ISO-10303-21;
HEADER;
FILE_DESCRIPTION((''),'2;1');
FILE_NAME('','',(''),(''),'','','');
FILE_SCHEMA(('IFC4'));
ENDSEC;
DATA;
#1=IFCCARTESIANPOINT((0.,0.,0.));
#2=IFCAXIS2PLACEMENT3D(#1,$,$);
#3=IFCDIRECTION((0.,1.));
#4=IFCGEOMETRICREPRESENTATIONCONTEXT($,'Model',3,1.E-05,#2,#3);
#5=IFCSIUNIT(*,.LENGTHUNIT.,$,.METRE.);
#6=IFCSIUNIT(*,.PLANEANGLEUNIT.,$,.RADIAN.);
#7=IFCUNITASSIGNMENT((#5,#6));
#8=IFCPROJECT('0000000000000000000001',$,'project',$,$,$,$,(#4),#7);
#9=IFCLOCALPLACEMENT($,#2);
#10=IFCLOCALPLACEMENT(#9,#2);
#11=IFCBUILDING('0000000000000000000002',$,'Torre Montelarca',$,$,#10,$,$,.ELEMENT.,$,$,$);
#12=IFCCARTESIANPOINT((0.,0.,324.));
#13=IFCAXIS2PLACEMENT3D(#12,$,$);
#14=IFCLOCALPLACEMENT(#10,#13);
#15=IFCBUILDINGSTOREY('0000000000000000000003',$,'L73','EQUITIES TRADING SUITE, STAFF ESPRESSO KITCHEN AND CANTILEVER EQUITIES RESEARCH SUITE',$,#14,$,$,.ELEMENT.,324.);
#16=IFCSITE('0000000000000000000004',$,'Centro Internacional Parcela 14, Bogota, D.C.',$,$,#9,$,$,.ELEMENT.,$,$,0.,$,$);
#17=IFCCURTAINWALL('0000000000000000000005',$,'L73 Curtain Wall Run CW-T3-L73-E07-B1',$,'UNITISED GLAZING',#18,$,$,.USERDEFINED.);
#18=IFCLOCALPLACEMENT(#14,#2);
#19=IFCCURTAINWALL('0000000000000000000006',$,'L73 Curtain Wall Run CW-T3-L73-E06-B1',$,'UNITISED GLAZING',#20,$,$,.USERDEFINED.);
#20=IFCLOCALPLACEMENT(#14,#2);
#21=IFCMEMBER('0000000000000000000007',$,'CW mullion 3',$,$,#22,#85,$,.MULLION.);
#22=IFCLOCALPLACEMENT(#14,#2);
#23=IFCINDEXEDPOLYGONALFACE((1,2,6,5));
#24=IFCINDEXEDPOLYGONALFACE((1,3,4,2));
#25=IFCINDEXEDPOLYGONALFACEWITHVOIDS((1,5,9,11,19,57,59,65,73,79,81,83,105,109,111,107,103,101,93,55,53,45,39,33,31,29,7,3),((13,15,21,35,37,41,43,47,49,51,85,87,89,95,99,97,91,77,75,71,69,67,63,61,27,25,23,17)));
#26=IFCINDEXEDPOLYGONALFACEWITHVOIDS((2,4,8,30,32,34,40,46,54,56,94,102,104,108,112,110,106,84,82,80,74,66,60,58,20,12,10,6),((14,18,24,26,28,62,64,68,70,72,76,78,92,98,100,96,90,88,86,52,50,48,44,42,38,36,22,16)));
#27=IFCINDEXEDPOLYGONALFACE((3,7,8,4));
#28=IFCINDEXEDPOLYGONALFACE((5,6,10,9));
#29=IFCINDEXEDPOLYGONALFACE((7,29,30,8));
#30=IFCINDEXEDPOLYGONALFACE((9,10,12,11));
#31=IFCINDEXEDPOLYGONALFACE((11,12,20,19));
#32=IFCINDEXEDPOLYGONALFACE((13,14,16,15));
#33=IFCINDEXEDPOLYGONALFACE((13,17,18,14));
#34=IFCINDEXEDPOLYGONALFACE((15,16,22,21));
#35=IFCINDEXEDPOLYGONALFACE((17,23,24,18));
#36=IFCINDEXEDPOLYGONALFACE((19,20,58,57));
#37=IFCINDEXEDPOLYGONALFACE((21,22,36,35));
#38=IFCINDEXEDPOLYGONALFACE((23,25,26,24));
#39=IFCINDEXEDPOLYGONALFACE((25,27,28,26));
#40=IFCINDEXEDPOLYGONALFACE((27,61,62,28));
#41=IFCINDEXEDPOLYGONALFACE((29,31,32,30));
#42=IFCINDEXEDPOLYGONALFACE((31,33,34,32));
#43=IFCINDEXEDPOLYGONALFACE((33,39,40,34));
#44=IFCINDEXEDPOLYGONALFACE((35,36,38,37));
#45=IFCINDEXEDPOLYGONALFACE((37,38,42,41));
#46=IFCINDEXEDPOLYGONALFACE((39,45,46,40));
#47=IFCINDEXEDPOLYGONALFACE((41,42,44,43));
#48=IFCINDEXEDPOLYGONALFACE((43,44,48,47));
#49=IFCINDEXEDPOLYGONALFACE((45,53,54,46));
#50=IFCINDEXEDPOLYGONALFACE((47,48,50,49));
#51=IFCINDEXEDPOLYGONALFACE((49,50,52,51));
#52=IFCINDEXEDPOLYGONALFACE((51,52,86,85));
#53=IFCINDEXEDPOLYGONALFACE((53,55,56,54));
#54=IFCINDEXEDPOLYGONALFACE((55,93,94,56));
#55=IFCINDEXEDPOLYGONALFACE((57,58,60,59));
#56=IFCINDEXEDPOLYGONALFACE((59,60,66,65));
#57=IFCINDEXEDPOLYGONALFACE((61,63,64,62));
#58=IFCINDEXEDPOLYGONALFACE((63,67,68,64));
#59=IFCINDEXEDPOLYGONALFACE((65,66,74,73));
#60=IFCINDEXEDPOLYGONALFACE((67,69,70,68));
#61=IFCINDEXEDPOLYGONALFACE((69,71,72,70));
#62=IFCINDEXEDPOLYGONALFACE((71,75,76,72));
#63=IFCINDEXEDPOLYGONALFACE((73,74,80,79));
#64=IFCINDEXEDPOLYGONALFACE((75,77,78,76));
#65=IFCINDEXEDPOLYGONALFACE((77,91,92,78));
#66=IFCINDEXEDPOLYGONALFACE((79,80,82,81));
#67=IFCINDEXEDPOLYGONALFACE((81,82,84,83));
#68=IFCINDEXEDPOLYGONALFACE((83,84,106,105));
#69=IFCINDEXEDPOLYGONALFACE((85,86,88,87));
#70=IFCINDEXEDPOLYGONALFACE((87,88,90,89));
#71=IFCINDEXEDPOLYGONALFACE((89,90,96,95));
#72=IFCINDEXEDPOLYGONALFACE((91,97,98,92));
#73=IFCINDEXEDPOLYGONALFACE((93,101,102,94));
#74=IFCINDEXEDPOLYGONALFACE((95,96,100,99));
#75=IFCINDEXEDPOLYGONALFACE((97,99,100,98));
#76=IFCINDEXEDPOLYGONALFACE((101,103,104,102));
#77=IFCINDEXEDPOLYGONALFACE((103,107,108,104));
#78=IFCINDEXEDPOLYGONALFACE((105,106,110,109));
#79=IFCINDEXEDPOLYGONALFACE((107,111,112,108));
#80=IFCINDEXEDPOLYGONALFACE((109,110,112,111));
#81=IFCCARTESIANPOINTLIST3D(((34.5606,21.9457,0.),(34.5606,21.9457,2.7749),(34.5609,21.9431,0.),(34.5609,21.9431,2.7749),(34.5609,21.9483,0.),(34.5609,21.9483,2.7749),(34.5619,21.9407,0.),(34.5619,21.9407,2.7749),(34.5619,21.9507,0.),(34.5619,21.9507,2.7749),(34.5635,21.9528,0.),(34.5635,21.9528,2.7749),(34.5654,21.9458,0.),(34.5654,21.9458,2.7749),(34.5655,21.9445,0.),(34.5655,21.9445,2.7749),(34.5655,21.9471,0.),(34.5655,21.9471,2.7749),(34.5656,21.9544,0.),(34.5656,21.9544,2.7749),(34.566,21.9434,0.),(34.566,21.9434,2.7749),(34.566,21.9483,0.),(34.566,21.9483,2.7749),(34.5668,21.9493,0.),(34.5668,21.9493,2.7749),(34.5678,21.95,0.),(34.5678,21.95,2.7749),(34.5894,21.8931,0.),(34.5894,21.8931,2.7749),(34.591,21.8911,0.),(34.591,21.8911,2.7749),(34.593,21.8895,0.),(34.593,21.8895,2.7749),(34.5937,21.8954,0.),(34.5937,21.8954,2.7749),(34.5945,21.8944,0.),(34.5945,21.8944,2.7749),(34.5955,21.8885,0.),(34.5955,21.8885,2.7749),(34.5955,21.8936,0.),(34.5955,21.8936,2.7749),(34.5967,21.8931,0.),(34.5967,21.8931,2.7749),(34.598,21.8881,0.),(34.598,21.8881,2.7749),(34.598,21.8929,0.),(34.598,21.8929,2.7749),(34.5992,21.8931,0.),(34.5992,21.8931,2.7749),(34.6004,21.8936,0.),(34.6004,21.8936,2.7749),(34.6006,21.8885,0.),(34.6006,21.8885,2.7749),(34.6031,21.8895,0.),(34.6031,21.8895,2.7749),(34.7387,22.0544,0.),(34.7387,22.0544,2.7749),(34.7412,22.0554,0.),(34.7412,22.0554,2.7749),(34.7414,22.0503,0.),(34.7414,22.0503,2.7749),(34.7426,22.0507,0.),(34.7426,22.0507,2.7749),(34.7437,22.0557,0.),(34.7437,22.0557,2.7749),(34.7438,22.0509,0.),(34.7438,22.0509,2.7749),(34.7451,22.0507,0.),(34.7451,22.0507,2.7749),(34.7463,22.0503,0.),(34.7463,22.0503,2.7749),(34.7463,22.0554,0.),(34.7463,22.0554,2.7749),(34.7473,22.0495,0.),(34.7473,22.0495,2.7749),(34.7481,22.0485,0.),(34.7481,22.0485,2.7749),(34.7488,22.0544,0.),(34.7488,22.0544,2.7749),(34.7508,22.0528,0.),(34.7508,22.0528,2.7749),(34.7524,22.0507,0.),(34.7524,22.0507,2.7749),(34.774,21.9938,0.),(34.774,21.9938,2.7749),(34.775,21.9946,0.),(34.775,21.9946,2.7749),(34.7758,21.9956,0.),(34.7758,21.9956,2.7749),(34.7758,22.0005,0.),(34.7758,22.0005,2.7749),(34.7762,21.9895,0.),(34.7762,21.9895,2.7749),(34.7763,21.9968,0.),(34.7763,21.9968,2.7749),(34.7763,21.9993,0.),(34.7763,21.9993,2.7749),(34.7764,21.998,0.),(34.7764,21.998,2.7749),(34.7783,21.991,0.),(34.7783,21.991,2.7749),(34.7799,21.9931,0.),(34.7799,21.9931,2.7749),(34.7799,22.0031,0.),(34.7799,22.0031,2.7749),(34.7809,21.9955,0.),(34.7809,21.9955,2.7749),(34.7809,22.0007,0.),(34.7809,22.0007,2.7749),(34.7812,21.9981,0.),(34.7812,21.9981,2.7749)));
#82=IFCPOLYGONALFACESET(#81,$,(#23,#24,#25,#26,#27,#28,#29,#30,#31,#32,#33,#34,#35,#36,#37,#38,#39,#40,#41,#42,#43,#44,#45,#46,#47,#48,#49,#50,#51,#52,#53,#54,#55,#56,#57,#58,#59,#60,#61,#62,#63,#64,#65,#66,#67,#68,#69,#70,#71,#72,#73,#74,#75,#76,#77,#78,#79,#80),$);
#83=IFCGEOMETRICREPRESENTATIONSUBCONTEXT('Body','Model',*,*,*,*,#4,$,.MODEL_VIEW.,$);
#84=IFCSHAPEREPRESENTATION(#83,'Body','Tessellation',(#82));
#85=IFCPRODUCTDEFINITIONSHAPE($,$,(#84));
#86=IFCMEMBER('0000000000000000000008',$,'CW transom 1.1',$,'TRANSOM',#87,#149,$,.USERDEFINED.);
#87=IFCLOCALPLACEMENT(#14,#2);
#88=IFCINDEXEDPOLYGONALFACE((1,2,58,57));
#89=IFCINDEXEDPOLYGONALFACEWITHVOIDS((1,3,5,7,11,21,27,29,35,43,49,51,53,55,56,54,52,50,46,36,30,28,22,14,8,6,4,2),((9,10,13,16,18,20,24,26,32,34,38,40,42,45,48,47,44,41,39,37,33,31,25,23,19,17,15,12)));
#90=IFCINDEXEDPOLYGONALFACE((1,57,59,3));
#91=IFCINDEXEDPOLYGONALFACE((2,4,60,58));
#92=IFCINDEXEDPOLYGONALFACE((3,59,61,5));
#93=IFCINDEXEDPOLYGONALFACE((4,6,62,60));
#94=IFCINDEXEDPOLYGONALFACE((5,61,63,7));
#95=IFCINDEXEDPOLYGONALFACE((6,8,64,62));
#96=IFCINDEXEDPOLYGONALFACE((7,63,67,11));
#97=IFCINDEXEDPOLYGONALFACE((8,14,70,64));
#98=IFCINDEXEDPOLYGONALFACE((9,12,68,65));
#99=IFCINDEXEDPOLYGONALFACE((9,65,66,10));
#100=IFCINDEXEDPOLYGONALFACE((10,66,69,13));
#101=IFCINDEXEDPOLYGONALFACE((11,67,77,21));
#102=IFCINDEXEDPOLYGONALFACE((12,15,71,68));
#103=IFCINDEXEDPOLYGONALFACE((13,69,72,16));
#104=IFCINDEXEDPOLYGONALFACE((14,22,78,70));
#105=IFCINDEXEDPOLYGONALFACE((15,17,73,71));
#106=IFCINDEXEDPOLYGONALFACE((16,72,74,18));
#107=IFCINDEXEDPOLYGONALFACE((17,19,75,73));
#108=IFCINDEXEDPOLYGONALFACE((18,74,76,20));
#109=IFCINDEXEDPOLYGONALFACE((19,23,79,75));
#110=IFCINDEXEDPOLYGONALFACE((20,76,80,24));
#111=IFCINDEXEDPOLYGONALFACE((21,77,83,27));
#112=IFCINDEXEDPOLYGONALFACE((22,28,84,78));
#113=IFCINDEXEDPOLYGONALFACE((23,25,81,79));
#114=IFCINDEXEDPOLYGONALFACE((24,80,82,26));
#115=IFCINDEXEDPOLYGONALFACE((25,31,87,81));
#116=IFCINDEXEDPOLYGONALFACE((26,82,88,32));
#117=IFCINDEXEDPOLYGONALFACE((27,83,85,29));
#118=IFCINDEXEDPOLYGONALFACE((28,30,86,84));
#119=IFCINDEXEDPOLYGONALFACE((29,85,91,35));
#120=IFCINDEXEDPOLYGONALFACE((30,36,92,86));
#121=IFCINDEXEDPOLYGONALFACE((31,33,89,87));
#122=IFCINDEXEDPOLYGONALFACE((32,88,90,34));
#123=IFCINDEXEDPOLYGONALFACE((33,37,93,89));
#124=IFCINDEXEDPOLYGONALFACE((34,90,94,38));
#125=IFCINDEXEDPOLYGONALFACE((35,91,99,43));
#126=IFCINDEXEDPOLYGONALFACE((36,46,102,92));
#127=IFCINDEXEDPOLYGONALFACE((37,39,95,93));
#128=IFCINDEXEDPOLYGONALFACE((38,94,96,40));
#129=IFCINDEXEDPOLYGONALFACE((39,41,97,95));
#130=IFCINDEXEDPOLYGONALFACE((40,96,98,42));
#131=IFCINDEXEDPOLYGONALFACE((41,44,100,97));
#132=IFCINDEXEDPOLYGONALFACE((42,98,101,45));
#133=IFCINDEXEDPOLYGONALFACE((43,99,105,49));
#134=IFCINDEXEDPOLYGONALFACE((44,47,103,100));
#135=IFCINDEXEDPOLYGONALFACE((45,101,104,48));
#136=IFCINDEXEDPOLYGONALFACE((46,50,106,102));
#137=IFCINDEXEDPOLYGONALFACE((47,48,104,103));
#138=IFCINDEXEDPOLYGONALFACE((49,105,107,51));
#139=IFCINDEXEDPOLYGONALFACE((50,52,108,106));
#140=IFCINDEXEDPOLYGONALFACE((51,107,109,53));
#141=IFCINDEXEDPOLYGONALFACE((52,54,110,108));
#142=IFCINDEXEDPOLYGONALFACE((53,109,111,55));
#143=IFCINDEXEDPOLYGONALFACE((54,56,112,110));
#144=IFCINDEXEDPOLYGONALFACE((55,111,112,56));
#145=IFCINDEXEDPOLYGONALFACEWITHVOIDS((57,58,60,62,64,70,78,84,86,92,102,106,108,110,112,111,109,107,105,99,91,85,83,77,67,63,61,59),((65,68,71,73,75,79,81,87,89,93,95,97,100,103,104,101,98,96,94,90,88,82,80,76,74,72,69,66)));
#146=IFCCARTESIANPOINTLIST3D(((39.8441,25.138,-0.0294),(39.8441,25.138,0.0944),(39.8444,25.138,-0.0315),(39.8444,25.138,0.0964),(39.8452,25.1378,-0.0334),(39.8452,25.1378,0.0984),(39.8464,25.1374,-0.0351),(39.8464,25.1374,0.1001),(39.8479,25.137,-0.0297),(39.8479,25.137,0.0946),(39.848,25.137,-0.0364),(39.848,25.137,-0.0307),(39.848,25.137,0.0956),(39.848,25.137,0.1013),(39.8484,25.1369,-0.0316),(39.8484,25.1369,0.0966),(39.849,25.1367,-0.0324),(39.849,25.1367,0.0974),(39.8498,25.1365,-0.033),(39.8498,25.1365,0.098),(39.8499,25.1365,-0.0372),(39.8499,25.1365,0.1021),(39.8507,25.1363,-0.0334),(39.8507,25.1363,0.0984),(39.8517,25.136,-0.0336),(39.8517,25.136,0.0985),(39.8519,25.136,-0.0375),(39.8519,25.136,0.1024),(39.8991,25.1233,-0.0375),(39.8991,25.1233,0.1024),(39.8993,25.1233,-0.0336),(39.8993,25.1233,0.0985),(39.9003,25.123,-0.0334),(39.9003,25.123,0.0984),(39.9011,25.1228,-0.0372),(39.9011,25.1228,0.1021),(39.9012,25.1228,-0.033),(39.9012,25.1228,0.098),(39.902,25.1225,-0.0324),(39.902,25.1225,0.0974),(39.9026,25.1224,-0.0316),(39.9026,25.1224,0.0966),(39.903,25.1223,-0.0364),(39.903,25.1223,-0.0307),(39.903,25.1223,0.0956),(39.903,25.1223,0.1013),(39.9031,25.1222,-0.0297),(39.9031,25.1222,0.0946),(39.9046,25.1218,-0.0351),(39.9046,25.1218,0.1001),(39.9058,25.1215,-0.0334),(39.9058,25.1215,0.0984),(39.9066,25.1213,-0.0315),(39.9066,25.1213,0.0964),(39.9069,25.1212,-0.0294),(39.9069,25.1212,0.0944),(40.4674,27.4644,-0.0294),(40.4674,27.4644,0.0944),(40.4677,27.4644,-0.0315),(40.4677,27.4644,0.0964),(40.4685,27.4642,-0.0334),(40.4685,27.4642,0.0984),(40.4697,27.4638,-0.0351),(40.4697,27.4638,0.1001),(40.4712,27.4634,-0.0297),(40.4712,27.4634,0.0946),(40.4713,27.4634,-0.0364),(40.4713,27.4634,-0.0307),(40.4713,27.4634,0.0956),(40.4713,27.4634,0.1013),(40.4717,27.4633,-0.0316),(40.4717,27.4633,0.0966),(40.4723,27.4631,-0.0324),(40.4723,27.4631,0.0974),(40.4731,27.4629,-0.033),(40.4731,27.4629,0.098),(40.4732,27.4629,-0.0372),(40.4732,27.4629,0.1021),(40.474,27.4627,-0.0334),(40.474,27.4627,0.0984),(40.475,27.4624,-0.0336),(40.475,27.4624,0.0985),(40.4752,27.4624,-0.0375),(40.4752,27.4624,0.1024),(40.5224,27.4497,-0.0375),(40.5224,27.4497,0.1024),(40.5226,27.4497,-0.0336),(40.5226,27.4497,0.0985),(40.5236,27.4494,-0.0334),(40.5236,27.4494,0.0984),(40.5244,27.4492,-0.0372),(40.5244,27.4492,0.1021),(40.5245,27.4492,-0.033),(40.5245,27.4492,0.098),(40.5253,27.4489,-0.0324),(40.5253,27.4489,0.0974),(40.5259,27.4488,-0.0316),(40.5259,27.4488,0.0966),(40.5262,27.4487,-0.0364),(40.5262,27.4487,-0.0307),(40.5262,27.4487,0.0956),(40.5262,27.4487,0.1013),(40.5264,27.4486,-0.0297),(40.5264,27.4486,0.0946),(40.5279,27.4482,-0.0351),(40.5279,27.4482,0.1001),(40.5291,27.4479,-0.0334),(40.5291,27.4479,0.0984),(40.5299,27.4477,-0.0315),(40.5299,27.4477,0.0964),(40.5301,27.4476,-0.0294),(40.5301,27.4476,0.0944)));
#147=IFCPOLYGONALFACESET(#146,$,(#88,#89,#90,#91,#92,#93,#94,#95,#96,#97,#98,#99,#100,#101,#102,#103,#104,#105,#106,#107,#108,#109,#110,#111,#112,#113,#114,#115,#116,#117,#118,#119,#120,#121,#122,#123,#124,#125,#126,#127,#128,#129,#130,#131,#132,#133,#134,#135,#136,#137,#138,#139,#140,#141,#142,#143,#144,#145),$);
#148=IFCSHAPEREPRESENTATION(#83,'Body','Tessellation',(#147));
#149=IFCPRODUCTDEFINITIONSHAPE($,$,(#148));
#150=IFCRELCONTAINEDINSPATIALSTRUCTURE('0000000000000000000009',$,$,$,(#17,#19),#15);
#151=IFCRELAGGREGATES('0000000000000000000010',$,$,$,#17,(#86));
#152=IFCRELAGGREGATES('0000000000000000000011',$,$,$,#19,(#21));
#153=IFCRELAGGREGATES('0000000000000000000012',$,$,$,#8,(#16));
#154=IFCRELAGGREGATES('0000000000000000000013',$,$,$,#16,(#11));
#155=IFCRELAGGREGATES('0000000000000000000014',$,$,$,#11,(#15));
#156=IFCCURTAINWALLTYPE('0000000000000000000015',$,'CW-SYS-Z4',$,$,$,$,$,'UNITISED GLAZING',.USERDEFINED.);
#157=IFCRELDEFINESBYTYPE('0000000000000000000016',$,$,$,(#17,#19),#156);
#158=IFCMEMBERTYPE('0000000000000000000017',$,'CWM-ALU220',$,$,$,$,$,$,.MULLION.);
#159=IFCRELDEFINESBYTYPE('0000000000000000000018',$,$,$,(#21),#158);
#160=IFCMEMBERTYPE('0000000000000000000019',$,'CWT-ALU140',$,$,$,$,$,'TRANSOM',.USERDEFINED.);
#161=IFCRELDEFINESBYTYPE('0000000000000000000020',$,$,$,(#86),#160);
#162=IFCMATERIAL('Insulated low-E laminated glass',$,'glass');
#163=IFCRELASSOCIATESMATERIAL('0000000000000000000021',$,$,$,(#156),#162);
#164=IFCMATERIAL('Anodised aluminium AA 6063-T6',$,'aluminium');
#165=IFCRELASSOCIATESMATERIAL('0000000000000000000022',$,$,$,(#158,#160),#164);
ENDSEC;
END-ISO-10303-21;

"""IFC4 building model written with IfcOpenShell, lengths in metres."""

from ifc_helpers import new_model, si_unit, direction, frame, origin, origin_2d, place, context, subcontext, project, spatial, hollow_rectangle, extrude, source, transform, mapped, material, material_profile, profile_set, type_object, element, aggregate, save


model = new_model("IFC4")

# Units and contexts
model_context = context("Model", 3, precision=1e-05, world=origin(), true_north=direction((0.0, 1.0)))
body_context = subcontext(model_context, "Body", "Model", "MODEL_VIEW")
ifc_project = project(units=[si_unit("LENGTHUNIT", "METRE"), si_unit("PLANEANGLEUNIT", "RADIAN")], contexts=[model_context])

# Site, building, storey
site_placement = place(None, origin())
site = spatial("IfcSite", under=ifc_project, at=site_placement, Name="Centro Internacional Parcela 14, Bogota, D.C.", CompositionType="ELEMENT", RefElevation=0.0)
building_placement = place(site_placement, origin())
building = spatial("IfcBuilding", under=site, at=building_placement, Name="Torre Montelarca", CompositionType="ELEMENT")
storey_placement = place(building_placement, frame((0.0, 0.0, 324.0)))
storey = spatial("IfcBuildingStorey", under=building, at=storey_placement, Name="L73", Description="EQUITIES TRADING SUITE, STAFF ESPRESSO KITCHEN AND CANTILEVER EQUITIES RESEARCH SUITE", CompositionType="ELEMENT", Elevation=324.0)

# Curtain wall
ifc_material_1 = material(Name="Insulated low-E laminated glass", Category="glass")
curtain_wall_type = type_object("IfcCurtainWallType", Name="CW-SYS-Z4", ElementType="UNITISED GLAZING", PredefinedType="USERDEFINED", material=ifc_material_1)
curtain_wall_1_placement = place(storey_placement, origin())
curtain_wall_1 = element("IfcCurtainWall", 1, at=curtain_wall_1_placement, inside=storey, type_object=curtain_wall_type, Name="L73 Curtain Wall Run CW-T3-L73-E07-B1", ObjectType="UNITISED GLAZING", PredefinedType="USERDEFINED")
ifc_material_2 = material(Name="Anodised aluminium AA 6063-T6", Category="aluminium")
ifc_material_profile_1 = material_profile(ifc_material_2, hollow_rectangle(XDim=0.075, YDim=0.22, WallThickness=0.0049, InnerFilletRadius=0.0049, OuterFilletRadius=0.01, at=origin_2d()), Name="ALU75X220X5", Category="aluminium")
ifc_profile_set_1 = profile_set([ifc_material_profile_1], Name="Anodised aluminium AA 6063-T6")
member_type_1 = type_object("IfcMemberType", Name="CWM-ALU220", PredefinedType="MULLION", material=ifc_profile_set_1)

# Curtain wall, member
curtain_wall_2_placement = place(storey_placement, origin())
curtain_wall_2 = element("IfcCurtainWall", 2, at=curtain_wall_2_placement, inside=storey, type_object=curtain_wall_type, Name="L73 Curtain Wall Run CW-T3-L73-E06-B1", ObjectType="UNITISED GLAZING", PredefinedType="USERDEFINED")
shared_shape_1 = source(origin(), body_context, "Body", "SweptSolid", [
    extrude(hollow_rectangle(XDim=0.075, YDim=0.22, WallThickness=0.0049, InnerFilletRadius=0.0049, OuterFilletRadius=0.01, at=origin_2d()), origin(), (0.0, 0.0, 1.0), 2.7749),
])
member_1_placement = place(storey_placement, frame((34.6709, 21.9719, 0.0), z_axis=(0.0, 0.0, 1.0), x_axis=(-0.499999, 0.866026, 0.0)))
member_1 = element("IfcMember", 3, at=member_1_placement, type_object=member_type_1, Name="CW mullion 3", PredefinedType="MULLION", context=body_context, shape_type="MappedRepresentation", body=[
    mapped(shared_shape_1, transform((0.0, 0.0, 0.0), scale=1.0)),
])

# Member
ifc_material_profile_2 = material_profile(ifc_material_2, hollow_rectangle(XDim=0.0649, YDim=0.1399, WallThickness=0.0039, InnerFilletRadius=0.0039, OuterFilletRadius=0.0081, at=origin_2d()), Name="ALU65X140X4", Category="aluminium")
ifc_profile_set_2 = profile_set([ifc_material_profile_2], Name="Anodised aluminium AA 6063-T6")
member_type_2 = type_object("IfcMemberType", Name="CWT-ALU140", ElementType="TRANSOM", PredefinedType="USERDEFINED", material=ifc_profile_set_2)
shared_shape_2 = source(origin(), body_context, "Body", "SweptSolid", [
    extrude(hollow_rectangle(XDim=0.0649, YDim=0.1399, WallThickness=0.0039, InnerFilletRadius=0.0039, OuterFilletRadius=0.0081, at=origin_2d()), origin(), (0.0, 0.0, 1.0), 2.4084),
])
member_2_placement = place(storey_placement, frame((39.8755, 25.1296, 0.0325), z_axis=(0.258792, 0.965933, 0.0), x_axis=(-0.965933, 0.258792, 0.0)))
member_2 = element("IfcMember", 4, at=member_2_placement, type_object=member_type_2, Name="CW transom 1.1", ObjectType="TRANSOM", PredefinedType="USERDEFINED", context=body_context, shape_type="MappedRepresentation", body=[
    mapped(shared_shape_2, transform((0.0, 0.0, 0.0), scale=1.0)),
])

aggregate(curtain_wall_1, [member_2])
aggregate(curtain_wall_2, [member_1])

save(model, "model.ifc")
